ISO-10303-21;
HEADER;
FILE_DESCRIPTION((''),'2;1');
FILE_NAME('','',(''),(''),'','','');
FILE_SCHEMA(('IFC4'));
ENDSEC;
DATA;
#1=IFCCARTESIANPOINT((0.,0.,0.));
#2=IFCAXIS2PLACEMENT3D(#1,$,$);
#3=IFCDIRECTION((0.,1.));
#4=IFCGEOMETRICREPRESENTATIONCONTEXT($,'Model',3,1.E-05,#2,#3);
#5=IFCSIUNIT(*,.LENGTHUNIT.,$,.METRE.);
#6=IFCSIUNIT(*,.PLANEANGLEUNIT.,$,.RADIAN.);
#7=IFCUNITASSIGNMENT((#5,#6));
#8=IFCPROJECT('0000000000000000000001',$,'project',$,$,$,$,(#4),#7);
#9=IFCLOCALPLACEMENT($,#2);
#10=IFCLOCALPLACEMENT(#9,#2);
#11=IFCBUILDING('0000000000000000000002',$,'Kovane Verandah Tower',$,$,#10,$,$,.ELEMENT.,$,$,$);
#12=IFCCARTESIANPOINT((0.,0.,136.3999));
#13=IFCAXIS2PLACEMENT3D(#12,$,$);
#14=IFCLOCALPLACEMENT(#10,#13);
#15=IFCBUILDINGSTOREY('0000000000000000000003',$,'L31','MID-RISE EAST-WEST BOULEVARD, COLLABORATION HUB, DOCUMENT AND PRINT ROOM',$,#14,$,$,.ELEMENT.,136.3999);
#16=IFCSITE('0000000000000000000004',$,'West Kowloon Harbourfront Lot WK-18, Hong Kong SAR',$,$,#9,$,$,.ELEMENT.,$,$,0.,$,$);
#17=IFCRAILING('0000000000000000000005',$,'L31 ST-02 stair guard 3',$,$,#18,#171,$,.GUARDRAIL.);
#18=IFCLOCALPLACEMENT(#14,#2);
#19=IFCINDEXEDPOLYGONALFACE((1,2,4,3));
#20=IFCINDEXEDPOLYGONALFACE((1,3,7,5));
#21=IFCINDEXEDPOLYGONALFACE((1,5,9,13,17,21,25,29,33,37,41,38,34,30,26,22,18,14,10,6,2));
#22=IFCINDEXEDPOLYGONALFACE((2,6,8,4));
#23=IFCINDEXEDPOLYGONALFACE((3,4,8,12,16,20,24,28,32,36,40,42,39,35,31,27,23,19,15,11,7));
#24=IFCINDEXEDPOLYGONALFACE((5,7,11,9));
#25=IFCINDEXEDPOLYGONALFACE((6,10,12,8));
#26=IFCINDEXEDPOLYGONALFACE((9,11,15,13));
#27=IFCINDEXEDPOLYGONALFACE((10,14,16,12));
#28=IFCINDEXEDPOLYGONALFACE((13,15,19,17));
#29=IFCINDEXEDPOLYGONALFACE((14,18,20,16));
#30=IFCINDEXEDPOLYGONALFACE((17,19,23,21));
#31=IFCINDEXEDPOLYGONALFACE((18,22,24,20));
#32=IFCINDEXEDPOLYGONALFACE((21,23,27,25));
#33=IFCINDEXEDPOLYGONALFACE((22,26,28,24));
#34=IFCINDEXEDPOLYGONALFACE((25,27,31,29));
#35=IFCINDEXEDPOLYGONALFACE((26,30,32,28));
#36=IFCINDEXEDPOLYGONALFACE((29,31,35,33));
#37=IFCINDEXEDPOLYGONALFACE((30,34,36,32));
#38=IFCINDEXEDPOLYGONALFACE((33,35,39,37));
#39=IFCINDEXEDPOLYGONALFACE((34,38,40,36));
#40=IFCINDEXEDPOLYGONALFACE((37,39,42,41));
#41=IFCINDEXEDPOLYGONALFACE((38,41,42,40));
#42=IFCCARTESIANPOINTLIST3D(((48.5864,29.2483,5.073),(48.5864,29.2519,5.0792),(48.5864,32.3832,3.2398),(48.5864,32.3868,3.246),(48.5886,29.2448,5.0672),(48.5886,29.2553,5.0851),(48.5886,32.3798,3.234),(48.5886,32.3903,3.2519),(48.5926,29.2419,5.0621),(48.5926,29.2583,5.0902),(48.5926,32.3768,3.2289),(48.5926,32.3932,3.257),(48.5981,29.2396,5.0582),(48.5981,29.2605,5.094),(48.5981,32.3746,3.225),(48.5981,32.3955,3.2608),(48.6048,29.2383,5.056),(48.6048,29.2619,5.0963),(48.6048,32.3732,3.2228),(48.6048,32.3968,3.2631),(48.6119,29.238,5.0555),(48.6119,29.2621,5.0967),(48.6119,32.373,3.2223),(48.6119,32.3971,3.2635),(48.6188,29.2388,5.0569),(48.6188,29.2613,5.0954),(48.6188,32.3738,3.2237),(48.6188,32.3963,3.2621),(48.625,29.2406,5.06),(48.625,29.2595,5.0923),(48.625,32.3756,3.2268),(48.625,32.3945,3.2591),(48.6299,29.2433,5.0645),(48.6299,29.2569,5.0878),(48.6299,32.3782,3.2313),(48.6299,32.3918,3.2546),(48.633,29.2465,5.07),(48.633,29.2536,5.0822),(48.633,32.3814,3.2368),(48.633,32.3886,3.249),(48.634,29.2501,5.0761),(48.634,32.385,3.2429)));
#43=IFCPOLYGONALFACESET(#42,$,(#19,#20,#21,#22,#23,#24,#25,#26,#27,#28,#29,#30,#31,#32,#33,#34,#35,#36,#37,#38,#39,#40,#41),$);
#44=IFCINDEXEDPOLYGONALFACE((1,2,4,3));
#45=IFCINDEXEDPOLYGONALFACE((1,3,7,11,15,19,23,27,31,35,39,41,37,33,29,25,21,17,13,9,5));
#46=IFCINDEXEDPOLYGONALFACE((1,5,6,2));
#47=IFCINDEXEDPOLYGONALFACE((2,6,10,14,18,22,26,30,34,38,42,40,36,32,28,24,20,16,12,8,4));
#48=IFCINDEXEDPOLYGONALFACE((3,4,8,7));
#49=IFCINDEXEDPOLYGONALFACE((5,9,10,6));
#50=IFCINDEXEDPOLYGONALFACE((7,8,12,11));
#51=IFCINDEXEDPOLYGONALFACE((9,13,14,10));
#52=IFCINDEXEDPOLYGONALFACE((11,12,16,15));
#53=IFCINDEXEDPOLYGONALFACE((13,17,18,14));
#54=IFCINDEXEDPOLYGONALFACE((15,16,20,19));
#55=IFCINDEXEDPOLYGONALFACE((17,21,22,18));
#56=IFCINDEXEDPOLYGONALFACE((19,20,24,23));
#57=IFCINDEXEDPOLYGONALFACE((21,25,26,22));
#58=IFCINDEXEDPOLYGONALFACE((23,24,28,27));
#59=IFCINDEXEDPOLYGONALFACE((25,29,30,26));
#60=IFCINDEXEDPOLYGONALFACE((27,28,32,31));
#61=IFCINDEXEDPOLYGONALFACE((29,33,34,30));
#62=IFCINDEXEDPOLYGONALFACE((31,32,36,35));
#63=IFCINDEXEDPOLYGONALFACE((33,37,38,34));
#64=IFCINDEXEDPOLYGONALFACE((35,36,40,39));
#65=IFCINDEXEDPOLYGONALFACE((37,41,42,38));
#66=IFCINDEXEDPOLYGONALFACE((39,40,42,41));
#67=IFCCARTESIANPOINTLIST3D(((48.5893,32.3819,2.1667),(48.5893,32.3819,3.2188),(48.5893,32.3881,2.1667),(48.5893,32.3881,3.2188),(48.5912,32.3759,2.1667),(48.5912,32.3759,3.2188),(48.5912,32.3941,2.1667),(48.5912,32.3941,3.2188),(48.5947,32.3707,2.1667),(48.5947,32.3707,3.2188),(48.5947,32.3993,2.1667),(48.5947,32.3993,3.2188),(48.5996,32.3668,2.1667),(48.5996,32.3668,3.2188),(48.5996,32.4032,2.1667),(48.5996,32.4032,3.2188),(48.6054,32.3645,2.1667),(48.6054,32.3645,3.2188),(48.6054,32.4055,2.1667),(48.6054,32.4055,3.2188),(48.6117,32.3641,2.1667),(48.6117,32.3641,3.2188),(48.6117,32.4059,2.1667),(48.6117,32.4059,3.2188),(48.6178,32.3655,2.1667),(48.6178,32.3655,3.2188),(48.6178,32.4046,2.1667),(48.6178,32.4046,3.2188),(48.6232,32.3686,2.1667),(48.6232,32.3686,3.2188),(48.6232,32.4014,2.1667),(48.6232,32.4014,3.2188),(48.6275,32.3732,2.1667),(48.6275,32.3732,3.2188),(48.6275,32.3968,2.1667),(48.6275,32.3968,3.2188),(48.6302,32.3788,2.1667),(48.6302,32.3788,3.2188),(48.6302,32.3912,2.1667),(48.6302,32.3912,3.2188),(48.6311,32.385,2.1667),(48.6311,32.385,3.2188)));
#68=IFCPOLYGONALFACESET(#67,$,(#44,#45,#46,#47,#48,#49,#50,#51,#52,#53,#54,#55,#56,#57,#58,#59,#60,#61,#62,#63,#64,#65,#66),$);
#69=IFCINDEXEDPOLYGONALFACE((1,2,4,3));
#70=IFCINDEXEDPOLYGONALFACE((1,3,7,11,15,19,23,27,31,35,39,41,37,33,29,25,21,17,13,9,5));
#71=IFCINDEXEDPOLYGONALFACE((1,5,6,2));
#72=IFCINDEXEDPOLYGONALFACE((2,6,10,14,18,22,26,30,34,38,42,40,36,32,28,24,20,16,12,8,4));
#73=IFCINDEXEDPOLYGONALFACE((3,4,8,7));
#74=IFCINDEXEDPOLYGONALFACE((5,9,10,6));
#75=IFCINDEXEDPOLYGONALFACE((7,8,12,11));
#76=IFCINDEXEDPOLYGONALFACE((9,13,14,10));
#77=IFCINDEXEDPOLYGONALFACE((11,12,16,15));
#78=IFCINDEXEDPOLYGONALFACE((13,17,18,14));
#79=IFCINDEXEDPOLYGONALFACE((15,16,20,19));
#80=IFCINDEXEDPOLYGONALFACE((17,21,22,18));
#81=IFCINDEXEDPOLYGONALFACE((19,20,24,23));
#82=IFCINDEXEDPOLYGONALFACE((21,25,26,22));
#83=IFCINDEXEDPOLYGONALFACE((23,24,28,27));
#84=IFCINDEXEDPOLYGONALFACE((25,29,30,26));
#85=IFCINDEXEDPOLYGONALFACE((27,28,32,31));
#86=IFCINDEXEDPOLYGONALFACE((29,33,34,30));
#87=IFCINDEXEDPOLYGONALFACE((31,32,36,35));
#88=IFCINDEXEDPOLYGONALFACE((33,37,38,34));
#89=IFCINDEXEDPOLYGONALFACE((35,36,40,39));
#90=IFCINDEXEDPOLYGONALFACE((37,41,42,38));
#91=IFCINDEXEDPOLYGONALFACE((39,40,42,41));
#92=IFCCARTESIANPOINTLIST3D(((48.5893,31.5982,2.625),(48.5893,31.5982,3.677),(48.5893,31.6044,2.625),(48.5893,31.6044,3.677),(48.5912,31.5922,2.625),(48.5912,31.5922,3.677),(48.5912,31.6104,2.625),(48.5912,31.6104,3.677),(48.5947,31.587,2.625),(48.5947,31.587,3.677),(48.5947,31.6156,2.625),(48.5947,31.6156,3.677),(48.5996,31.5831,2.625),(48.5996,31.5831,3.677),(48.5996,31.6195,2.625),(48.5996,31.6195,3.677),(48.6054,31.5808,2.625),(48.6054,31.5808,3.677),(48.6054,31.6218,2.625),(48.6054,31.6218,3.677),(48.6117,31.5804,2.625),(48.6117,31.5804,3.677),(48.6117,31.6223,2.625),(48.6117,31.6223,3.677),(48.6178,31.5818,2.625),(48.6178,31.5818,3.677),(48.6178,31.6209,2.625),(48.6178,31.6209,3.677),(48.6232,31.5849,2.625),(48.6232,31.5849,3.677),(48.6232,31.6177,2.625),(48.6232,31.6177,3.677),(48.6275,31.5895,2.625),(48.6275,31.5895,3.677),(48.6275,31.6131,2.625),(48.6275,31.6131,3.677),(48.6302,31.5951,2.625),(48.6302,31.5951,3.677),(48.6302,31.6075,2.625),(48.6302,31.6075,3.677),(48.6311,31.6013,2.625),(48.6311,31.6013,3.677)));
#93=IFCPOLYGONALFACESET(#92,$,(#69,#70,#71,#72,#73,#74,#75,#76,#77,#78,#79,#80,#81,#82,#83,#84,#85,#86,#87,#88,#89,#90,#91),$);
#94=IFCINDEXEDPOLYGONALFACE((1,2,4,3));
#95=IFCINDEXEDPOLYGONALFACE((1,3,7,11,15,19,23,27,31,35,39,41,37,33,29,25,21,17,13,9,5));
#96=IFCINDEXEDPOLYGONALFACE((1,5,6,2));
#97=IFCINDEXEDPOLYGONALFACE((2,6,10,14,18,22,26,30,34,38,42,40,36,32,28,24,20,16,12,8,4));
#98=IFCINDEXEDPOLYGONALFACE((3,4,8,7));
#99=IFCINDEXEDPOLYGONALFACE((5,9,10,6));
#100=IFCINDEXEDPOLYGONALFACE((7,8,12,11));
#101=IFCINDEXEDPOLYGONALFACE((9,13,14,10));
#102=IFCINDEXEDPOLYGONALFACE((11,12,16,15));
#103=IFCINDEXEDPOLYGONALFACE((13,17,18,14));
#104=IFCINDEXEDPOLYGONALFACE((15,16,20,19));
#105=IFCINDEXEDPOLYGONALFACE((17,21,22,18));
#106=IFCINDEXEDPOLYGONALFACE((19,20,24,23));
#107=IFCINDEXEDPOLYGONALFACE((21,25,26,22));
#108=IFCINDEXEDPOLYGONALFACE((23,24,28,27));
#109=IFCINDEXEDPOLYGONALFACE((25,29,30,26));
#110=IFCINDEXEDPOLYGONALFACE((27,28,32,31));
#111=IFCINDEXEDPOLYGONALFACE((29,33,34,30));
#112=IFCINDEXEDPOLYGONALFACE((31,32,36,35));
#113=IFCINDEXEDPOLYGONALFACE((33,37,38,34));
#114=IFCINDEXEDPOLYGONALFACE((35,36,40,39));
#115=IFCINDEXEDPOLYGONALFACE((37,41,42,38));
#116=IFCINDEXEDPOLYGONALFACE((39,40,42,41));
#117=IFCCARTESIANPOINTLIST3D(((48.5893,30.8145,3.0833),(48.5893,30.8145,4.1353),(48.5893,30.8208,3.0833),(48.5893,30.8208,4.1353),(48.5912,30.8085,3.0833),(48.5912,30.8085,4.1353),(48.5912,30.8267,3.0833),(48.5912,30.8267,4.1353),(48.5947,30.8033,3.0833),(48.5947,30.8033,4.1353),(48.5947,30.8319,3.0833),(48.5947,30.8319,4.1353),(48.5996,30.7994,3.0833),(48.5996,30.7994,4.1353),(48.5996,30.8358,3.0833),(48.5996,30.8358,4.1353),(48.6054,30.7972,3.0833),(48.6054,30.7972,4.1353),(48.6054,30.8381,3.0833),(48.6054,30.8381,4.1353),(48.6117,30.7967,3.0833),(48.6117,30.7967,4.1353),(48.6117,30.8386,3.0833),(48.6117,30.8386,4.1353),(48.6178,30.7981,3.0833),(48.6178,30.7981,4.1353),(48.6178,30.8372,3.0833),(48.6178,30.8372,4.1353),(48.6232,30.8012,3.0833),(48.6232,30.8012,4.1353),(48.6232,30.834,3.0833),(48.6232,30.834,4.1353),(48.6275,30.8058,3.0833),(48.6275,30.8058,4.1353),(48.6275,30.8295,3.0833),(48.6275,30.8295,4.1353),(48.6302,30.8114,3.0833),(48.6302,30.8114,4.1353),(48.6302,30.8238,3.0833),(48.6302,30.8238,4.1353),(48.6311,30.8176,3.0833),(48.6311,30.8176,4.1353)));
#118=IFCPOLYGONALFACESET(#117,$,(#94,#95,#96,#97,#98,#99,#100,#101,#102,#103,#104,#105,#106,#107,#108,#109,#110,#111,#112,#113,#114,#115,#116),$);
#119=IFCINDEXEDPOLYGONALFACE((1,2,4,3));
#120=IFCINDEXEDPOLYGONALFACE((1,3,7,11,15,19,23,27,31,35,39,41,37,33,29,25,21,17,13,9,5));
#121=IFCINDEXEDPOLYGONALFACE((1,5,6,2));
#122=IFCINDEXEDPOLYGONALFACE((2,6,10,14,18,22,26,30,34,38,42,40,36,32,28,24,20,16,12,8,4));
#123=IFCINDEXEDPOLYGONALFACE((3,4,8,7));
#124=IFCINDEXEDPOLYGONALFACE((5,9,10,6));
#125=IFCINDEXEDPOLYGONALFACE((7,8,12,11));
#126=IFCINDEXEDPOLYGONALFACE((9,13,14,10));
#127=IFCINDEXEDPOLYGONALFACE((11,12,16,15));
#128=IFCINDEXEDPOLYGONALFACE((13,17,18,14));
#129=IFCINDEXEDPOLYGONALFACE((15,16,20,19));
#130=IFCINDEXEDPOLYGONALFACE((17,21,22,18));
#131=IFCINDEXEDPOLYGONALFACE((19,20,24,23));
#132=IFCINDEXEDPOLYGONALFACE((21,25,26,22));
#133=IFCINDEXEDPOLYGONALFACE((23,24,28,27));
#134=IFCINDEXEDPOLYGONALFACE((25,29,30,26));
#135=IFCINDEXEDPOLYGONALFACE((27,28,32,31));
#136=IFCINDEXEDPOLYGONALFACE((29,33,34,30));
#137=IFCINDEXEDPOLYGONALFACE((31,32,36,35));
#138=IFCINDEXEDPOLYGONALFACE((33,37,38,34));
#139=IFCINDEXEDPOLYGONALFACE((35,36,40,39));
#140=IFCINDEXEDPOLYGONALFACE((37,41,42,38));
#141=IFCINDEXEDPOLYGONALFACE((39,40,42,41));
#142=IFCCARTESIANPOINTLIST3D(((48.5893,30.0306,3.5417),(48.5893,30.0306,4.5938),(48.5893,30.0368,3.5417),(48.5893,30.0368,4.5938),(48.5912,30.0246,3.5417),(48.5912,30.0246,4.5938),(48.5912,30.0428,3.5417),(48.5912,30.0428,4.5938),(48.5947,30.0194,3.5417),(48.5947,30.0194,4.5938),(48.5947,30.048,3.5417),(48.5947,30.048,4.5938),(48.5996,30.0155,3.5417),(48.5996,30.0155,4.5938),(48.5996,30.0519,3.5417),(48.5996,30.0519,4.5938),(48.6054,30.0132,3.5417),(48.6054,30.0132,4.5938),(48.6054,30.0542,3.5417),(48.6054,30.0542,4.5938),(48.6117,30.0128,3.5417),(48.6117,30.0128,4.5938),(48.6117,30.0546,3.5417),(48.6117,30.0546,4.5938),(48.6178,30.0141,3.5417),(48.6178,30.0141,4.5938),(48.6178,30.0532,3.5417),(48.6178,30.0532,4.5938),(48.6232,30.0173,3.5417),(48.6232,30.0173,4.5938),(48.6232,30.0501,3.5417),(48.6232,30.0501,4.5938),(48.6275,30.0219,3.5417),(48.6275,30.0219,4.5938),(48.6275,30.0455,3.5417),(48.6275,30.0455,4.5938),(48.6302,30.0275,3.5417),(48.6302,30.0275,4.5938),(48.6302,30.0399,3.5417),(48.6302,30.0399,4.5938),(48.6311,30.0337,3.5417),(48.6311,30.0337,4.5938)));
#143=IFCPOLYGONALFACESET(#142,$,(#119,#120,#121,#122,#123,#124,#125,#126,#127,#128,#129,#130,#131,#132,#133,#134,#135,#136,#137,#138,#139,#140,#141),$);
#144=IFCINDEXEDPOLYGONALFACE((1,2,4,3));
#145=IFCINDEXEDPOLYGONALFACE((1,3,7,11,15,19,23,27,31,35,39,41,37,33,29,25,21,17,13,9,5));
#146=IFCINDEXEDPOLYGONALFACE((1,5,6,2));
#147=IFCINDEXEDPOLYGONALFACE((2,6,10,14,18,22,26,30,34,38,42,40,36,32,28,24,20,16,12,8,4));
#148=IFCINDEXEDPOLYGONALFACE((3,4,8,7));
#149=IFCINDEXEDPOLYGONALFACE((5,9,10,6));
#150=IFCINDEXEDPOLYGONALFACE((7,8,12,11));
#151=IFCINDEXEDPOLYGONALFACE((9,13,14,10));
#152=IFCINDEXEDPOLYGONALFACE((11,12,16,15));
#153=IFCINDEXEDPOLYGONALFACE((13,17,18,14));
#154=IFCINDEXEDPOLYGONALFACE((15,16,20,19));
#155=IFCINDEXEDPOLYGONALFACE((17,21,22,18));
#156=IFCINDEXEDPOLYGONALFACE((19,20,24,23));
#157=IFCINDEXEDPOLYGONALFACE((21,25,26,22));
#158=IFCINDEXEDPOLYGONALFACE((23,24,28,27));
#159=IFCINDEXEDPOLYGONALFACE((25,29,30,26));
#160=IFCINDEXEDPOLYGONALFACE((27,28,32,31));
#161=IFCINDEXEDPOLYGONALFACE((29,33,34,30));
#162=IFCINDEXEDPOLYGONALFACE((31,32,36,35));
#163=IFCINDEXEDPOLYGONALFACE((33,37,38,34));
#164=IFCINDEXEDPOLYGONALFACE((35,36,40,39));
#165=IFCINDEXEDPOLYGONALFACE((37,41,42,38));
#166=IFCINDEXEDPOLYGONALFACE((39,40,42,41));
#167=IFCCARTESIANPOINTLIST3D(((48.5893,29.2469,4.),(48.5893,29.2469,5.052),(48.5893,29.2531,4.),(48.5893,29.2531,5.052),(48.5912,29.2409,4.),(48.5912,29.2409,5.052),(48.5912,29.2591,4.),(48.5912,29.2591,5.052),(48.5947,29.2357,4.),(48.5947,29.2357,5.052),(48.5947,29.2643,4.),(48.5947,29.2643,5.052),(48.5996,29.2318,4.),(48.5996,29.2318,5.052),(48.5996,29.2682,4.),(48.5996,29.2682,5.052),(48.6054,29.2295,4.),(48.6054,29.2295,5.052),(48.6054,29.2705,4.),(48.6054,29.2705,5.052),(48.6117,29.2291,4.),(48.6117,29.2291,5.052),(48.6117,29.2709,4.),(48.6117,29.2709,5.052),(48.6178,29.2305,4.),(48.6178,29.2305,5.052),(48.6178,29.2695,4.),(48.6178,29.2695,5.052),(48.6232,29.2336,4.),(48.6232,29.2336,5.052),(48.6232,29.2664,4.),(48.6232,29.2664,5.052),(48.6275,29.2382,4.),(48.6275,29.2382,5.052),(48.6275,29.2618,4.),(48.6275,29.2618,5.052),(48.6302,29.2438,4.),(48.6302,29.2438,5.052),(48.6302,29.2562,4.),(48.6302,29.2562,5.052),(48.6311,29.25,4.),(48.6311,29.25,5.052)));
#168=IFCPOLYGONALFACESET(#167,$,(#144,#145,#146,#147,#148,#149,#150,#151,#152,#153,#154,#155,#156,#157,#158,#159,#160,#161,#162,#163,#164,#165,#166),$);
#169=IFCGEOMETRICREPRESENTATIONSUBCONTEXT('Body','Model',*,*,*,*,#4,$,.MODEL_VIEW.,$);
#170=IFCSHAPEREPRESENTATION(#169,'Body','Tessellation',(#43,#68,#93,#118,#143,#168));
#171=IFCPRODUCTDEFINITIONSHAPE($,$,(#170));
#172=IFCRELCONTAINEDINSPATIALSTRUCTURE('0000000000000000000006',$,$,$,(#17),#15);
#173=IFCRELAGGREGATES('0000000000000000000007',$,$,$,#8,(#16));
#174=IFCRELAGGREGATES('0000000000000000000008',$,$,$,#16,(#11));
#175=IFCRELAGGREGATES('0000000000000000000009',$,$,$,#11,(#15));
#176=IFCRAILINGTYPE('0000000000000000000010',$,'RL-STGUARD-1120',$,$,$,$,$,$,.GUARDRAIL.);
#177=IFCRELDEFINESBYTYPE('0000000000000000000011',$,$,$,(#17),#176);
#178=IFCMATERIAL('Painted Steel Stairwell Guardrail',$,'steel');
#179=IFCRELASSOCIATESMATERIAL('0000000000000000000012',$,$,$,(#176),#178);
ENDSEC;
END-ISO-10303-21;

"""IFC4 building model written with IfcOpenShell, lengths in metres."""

from ifc_helpers import new_model, si_unit, direction, frame, origin, origin_2d, place, context, subcontext, project, spatial, circle, extrude, material, type_object, element, save


model = new_model("IFC4")

# Units and contexts
model_context = context("Model", 3, precision=1e-05, world=origin(), true_north=direction((0.0, 1.0)))
body_context = subcontext(model_context, "Body", "Model", "MODEL_VIEW")
ifc_project = project(units=[si_unit("LENGTHUNIT", "METRE"), si_unit("PLANEANGLEUNIT", "RADIAN")], contexts=[model_context])

# Site, building, storey
site_placement = place(None, origin())
site = spatial("IfcSite", under=ifc_project, at=site_placement, Name="West Kowloon Harbourfront Lot WK-18, Hong Kong SAR", CompositionType="ELEMENT", RefElevation=0.0)
building_placement = place(site_placement, origin())
building = spatial("IfcBuilding", under=site, at=building_placement, Name="Kovane Verandah Tower", CompositionType="ELEMENT")
storey_placement = place(building_placement, frame((0.0, 0.0, 136.3999)))
storey = spatial("IfcBuildingStorey", under=building, at=storey_placement, Name="L31", Description="MID-RISE EAST-WEST BOULEVARD, COLLABORATION HUB, DOCUMENT AND PRINT ROOM", CompositionType="ELEMENT", Elevation=136.3999)

# Railing
ifc_material_1 = material(Name="Painted Steel Stairwell Guardrail", Category="steel")
railing_type_1 = type_object("IfcRailingType", Name="RL-STGUARD-1120", PredefinedType="GUARDRAIL", material=ifc_material_1)
railing_1_placement = place(storey_placement, frame((48.6101, 32.385, 2.1667)))
element("IfcRailing", 1, at=railing_1_placement, inside=storey, type_object=railing_type_1, Name="L31 ST-02 stair guard 3", PredefinedType="GUARDRAIL", context=body_context, shape_type="SweptSolid", body=[
    extrude(circle(Radius=0.0239, at=origin_2d()), frame((0.0, 0.0, 1.0762), z_axis=(0.0, -0.86324, 0.504794), x_axis=(1.0, 0.0, 0.0)), (0.0, 0.0, 1.0), 3.6316),
    extrude(circle(Radius=0.021, at=origin_2d()), origin(), (0.0, 0.0, 1.0), 1.052),
    extrude(circle(Radius=0.021, at=origin_2d()), frame((0.0, -0.7837, 0.4583)), (0.0, 0.0, 1.0), 1.052),
    extrude(circle(Radius=0.021, at=origin_2d()), frame((0.0, -1.5674, 0.9165)), (0.0, 0.0, 1.0), 1.052),
    extrude(circle(Radius=0.021, at=origin_2d()), frame((0.0, -2.3513, 1.375)), (0.0, 0.0, 1.0), 1.052),
    extrude(circle(Radius=0.021, at=origin_2d()), frame((0.0, -3.135, 1.8333)), (0.0, 0.0, 1.0), 1.052),
])

save(model, "model.ifc")
